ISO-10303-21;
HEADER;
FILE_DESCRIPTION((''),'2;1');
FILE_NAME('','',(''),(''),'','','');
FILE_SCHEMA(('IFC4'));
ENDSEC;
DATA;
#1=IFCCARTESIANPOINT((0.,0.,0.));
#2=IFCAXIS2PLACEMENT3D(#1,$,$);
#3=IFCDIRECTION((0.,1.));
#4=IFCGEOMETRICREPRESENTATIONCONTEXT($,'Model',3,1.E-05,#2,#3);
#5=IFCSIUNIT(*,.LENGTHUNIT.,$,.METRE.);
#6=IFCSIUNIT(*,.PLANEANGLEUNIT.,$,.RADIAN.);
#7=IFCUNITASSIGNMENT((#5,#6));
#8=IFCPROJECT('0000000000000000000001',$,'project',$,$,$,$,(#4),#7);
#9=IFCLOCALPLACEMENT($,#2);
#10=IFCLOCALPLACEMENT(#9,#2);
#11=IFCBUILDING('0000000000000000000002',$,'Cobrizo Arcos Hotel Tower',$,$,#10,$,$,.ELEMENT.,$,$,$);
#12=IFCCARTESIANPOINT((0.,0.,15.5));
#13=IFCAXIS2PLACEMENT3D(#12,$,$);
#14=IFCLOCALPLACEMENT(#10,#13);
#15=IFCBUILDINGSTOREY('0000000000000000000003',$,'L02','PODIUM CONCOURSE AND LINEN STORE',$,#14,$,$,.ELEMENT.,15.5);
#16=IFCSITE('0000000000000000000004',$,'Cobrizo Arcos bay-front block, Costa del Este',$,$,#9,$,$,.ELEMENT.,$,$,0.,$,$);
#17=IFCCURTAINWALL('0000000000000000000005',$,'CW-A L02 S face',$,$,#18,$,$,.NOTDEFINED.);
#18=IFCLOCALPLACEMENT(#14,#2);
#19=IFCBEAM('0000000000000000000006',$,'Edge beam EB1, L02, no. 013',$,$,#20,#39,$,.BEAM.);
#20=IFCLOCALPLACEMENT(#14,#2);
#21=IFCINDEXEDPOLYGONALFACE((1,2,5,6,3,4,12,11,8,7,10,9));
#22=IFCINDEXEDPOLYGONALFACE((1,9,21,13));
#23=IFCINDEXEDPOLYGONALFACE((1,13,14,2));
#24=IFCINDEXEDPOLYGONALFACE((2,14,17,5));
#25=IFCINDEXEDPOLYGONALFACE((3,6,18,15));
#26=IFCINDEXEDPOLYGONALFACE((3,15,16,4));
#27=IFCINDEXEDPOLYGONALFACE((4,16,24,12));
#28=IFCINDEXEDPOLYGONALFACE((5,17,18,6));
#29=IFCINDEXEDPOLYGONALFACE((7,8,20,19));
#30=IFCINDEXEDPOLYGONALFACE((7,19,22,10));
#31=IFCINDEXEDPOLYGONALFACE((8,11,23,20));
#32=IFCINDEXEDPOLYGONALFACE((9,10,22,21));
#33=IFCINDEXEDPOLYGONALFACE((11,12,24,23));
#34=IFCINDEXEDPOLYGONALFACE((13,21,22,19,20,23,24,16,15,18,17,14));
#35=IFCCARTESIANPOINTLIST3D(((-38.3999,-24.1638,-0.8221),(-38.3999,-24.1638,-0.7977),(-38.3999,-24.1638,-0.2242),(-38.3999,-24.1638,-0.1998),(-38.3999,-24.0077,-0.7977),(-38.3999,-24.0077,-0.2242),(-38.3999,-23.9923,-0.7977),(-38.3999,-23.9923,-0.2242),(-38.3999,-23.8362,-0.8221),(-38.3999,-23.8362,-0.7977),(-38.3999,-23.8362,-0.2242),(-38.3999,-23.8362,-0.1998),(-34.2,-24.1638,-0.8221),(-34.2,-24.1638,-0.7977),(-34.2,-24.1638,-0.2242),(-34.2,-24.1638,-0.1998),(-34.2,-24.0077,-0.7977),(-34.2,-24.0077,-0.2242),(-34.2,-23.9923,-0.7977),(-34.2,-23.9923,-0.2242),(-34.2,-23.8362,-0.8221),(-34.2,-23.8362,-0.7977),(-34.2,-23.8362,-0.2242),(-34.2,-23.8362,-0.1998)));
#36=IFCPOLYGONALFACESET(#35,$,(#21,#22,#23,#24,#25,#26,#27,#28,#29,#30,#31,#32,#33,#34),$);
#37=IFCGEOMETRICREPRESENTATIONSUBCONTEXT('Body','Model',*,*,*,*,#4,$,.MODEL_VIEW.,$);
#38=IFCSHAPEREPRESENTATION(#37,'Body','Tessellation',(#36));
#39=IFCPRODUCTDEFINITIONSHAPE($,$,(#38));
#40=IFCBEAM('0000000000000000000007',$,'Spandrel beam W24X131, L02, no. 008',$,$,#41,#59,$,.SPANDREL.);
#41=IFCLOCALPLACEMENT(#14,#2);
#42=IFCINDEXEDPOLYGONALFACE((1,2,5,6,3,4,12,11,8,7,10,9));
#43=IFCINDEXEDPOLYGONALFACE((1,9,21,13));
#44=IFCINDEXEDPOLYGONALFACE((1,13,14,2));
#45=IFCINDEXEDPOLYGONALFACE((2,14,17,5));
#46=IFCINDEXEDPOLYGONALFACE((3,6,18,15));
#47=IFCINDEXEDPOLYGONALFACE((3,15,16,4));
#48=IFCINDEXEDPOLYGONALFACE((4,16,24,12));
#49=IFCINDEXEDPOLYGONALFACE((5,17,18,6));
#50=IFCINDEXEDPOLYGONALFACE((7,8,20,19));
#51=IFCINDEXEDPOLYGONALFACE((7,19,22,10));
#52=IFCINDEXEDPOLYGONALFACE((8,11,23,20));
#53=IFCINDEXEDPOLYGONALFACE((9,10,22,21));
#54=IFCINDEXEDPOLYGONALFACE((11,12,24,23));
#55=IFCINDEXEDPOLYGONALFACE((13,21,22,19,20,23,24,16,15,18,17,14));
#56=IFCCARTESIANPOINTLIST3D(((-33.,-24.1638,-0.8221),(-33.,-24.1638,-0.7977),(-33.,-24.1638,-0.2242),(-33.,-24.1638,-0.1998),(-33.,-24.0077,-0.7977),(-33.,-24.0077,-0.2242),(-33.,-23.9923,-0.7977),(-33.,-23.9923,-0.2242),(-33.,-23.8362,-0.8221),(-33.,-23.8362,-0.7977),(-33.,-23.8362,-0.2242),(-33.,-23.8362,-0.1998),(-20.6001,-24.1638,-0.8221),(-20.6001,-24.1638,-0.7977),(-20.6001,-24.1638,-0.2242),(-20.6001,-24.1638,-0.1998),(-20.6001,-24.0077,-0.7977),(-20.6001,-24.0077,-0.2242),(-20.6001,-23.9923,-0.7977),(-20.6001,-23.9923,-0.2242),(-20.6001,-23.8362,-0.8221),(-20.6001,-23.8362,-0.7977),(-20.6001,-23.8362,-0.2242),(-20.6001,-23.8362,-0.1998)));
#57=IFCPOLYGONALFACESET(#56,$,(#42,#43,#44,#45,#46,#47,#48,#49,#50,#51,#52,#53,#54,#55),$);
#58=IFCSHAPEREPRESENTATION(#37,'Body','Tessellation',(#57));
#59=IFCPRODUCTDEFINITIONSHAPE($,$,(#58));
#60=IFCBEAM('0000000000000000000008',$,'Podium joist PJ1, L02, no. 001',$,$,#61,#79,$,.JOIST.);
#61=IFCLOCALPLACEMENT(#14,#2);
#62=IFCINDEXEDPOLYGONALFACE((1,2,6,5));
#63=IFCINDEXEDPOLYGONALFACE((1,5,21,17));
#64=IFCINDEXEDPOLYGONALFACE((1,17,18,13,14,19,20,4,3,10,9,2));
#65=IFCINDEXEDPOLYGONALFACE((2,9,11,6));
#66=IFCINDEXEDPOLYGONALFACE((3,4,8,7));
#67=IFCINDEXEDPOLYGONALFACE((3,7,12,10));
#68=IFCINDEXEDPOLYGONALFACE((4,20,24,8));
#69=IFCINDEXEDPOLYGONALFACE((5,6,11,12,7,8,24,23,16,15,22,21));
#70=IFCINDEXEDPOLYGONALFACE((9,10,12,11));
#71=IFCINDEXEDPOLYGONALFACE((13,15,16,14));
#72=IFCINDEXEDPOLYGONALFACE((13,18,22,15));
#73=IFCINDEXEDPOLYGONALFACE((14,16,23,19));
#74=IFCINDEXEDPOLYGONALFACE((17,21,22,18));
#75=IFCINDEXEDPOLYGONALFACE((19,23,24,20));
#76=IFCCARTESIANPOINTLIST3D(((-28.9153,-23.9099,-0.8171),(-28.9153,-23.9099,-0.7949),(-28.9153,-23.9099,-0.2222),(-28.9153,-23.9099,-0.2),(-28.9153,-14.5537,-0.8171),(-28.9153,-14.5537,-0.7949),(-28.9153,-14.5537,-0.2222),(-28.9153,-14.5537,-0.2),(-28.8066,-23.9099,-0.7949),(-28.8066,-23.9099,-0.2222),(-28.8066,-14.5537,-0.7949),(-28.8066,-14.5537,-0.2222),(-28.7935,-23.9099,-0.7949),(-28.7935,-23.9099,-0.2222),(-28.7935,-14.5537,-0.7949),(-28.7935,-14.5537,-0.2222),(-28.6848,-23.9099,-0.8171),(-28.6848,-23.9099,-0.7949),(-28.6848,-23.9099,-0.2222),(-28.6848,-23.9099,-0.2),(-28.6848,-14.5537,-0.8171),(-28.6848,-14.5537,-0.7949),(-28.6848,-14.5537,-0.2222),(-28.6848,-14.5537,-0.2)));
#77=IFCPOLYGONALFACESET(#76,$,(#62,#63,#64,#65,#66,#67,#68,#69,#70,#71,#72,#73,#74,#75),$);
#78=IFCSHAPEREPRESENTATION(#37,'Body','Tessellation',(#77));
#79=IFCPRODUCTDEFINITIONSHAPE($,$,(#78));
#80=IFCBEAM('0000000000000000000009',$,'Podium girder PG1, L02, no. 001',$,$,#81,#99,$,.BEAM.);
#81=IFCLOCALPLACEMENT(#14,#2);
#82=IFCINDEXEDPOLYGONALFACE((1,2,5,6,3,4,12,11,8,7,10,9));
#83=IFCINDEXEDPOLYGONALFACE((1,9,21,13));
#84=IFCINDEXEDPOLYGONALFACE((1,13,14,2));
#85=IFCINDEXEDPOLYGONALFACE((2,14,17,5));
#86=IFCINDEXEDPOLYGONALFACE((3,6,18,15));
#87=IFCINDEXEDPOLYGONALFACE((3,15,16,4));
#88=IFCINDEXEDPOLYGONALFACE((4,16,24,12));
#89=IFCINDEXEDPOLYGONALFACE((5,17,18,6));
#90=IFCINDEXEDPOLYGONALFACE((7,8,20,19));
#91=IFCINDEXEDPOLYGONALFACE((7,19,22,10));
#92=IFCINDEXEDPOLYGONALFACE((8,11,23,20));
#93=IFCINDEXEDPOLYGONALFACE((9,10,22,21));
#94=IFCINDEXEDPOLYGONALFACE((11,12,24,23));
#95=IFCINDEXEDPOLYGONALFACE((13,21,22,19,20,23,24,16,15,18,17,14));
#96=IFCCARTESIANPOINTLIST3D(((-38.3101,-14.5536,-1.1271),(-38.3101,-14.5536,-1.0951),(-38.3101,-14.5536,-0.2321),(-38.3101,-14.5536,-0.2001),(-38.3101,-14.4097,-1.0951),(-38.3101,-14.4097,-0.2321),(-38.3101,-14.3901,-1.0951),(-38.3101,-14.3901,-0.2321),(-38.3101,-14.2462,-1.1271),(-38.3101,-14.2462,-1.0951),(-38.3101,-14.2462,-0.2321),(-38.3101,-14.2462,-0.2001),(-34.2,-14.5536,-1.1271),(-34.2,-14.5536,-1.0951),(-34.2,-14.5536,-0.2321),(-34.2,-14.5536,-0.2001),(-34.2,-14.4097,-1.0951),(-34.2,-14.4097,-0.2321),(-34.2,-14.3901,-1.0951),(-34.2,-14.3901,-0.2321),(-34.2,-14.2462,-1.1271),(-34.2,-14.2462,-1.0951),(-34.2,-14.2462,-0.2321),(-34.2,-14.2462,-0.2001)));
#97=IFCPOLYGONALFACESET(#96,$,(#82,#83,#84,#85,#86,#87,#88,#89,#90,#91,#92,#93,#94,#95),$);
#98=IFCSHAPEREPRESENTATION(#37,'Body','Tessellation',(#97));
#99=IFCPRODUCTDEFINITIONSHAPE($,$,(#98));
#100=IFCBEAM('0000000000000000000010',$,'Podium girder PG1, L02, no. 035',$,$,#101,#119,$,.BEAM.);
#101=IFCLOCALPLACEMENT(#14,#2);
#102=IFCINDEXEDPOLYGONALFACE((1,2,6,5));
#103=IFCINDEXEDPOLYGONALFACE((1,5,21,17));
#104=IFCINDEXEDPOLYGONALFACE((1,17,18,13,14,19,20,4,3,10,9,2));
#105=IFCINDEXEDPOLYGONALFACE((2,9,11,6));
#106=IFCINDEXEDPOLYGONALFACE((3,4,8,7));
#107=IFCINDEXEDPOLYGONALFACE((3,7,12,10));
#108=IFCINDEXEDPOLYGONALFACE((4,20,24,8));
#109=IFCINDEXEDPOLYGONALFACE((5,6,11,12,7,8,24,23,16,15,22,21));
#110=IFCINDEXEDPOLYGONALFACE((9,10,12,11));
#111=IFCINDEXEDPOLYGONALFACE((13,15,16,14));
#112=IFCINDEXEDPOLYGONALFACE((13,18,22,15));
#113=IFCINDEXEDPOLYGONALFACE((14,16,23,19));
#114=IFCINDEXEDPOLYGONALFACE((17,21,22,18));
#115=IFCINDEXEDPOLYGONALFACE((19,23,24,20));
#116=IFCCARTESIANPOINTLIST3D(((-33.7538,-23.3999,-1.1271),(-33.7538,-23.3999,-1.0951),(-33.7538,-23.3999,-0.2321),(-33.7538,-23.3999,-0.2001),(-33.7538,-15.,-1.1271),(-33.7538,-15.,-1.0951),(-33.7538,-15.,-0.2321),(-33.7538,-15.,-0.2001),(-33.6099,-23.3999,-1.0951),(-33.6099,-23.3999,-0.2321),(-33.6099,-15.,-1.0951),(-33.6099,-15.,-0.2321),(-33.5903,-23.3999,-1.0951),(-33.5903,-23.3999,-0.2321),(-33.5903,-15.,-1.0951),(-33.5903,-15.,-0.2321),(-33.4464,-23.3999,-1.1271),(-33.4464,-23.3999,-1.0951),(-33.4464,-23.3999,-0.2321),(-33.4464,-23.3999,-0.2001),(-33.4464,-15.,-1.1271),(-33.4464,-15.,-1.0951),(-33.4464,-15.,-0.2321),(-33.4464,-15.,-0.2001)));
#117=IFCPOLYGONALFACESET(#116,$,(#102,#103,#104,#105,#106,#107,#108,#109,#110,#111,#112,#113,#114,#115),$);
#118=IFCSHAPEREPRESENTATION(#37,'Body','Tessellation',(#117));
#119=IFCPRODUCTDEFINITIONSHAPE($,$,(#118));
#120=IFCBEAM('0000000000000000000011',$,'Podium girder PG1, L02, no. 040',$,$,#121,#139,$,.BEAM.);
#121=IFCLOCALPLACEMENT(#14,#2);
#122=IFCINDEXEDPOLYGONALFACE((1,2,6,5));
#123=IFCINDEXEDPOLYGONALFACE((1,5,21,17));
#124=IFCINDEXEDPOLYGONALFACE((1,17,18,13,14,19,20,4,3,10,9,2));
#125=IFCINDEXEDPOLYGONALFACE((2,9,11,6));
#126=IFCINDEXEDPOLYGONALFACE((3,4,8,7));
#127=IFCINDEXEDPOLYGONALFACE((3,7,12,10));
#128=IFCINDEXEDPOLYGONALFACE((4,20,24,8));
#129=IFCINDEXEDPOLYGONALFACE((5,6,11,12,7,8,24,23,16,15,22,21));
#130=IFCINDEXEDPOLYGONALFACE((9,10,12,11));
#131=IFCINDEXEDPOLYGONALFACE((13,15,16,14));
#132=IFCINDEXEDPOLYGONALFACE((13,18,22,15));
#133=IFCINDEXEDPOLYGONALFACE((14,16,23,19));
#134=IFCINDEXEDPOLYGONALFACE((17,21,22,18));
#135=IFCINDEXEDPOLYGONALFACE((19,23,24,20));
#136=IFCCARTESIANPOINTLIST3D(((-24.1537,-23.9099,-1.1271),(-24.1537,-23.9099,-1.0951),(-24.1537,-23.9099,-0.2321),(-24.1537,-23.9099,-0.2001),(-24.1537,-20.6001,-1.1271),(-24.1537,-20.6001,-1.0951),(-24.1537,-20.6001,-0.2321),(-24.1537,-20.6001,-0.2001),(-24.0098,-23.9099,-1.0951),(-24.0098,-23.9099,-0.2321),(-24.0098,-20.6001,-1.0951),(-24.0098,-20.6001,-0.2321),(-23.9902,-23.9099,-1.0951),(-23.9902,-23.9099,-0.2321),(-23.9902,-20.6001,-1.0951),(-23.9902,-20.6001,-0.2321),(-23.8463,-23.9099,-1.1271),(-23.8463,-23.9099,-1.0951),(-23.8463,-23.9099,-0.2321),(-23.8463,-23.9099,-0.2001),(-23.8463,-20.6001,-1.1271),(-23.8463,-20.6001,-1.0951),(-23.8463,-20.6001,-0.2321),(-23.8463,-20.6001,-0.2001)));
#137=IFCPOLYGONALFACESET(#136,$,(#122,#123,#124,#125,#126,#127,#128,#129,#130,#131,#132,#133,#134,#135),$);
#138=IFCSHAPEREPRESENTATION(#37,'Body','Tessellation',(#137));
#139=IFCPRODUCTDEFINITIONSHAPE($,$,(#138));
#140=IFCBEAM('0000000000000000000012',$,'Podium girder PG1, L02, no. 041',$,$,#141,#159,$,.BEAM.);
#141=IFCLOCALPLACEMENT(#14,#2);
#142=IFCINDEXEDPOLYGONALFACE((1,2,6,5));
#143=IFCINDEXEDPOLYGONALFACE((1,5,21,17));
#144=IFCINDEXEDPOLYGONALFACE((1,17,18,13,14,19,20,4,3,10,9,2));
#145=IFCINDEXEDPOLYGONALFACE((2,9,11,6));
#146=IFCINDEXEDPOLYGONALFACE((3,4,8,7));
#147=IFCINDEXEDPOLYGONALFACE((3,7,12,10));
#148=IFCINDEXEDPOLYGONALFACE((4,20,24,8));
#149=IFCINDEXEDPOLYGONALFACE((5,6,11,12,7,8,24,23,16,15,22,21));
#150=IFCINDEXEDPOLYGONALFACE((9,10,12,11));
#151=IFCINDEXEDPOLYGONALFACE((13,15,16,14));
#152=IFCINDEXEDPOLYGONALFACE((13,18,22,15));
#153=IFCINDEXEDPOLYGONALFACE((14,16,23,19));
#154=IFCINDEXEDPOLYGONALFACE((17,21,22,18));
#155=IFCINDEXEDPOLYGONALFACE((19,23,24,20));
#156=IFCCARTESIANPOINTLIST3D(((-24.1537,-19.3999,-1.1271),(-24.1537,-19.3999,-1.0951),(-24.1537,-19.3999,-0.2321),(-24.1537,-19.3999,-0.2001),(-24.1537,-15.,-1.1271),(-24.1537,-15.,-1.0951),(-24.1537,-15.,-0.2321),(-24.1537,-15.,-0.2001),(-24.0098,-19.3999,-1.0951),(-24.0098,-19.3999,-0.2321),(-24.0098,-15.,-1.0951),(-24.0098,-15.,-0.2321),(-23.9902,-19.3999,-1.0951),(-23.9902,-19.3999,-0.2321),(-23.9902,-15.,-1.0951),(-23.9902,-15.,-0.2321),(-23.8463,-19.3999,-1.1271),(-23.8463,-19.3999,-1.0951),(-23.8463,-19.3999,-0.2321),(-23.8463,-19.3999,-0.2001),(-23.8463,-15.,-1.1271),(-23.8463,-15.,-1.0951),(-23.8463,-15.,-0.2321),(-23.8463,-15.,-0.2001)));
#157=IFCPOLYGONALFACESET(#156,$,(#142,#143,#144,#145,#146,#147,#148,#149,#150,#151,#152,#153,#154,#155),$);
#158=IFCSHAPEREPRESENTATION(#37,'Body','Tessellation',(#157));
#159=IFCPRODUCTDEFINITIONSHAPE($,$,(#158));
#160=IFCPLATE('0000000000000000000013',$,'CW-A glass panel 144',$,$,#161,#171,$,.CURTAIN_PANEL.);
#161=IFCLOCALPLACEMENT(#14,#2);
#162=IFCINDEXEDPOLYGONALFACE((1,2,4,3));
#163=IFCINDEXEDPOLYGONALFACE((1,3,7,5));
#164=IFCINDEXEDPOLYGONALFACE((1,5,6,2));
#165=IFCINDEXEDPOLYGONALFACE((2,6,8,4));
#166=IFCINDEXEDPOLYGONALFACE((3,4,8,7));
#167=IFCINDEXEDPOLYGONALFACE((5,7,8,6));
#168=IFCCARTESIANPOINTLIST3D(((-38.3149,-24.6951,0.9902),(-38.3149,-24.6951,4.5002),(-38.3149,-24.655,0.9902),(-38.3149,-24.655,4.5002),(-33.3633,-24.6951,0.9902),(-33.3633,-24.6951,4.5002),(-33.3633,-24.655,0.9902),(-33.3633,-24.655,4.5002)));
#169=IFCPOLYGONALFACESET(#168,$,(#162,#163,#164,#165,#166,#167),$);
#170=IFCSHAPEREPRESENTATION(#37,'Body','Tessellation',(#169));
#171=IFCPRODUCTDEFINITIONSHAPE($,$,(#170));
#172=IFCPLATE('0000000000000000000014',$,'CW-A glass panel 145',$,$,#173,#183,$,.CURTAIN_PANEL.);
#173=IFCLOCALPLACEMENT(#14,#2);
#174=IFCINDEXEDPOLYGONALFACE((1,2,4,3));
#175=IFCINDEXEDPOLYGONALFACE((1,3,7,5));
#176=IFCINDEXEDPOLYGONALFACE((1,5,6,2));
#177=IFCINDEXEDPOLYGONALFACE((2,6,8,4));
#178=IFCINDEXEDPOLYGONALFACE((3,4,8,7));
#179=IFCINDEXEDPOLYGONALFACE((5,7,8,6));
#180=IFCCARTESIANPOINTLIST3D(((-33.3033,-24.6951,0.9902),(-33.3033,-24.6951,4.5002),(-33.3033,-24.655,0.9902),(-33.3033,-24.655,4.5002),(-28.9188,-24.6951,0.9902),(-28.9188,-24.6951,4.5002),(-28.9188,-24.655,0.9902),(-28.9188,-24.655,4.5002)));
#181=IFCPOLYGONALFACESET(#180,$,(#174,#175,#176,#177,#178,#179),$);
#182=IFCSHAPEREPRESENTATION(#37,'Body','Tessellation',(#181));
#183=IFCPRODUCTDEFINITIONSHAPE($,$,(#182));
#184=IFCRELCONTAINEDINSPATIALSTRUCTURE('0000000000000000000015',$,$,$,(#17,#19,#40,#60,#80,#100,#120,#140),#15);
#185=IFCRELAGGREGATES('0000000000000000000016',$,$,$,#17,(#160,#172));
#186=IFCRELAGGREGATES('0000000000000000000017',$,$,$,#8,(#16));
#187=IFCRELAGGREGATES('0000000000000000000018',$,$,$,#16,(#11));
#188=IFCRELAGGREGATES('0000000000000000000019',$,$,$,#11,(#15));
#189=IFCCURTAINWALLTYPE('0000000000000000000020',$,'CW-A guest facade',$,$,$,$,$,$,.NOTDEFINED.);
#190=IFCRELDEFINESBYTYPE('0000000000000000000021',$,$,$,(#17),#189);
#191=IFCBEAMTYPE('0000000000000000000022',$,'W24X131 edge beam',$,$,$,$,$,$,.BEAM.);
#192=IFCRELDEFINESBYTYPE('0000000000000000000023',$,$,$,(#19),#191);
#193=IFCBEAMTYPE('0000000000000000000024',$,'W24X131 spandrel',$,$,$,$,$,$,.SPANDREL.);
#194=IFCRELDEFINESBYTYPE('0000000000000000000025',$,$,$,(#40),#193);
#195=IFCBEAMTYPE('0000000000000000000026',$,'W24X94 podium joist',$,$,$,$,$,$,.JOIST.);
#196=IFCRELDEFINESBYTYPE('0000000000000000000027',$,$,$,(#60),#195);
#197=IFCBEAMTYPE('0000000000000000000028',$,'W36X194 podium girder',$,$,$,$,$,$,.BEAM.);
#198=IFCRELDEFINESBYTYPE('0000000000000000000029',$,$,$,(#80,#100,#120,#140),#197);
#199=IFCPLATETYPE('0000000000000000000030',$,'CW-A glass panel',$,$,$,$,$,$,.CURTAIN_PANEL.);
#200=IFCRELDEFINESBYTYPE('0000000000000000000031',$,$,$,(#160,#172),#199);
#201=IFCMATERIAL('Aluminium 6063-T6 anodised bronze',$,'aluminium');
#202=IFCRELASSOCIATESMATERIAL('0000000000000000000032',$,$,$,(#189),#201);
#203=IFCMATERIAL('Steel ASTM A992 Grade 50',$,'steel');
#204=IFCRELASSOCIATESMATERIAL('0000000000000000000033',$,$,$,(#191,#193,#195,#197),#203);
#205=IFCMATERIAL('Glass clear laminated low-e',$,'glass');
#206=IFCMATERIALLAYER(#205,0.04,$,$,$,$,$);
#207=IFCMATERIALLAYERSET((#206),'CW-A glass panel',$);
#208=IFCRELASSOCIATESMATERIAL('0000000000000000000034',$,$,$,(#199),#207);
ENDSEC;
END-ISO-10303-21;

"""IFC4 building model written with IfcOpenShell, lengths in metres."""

from ifc_helpers import new_model, si_unit, direction, frame, origin, origin_2d, place, context, subcontext, project, spatial, rectangle, i_section, extrude, material, layer, layer_set, material_profile, profile_set, type_object, element, aggregate, save


model = new_model("IFC4")

# Units and contexts
model_context = context("Model", 3, precision=1e-05, world=origin(), true_north=direction((0.0, 1.0)))
body_context = subcontext(model_context, "Body", "Model", "MODEL_VIEW")
ifc_project = project(units=[si_unit("LENGTHUNIT", "METRE"), si_unit("PLANEANGLEUNIT", "RADIAN")], contexts=[model_context])

# Site, building, storey
site_placement = place(None, origin())
site = spatial("IfcSite", under=ifc_project, at=site_placement, Name="Cobrizo Arcos bay-front block, Costa del Este", CompositionType="ELEMENT", RefElevation=0.0)
building_placement = place(site_placement, origin())
building = spatial("IfcBuilding", under=site, at=building_placement, Name="Cobrizo Arcos Hotel Tower", CompositionType="ELEMENT")
storey_placement = place(building_placement, frame((0.0, 0.0, 15.5)))
storey = spatial("IfcBuildingStorey", under=building, at=storey_placement, Name="L02", Description="PODIUM CONCOURSE AND LINEN STORE", CompositionType="ELEMENT", Elevation=15.5)

# Curtain wall
ifc_material_1 = material(Name="Aluminium 6063-T6 anodised bronze", Category="aluminium")
curtain_wall_type_1 = type_object("IfcCurtainWallType", Name="CW-A guest facade", PredefinedType="NOTDEFINED", material=ifc_material_1)
curtain_wall_1_placement = place(storey_placement, origin())
curtain_wall_1 = element("IfcCurtainWall", 1, at=curtain_wall_1_placement, inside=storey, type_object=curtain_wall_type_1, Name="CW-A L02 S face", PredefinedType="NOTDEFINED")

# Beams
ifc_material_2 = material(Name="Steel ASTM A992 Grade 50", Category="steel")
ifc_material_profile_1 = material_profile(ifc_material_2, i_section(OverallWidth=0.3276, OverallDepth=0.6223, WebThickness=0.0154, FlangeThickness=0.0244, at=origin_2d()), Name="W24X131")
ifc_profile_set_1 = profile_set([ifc_material_profile_1], Name="Steel ASTM A992 Grade 50")
beam_type_1 = type_object("IfcBeamType", Name="W24X131 edge beam", PredefinedType="BEAM", material=ifc_profile_set_1)
beam_1_placement = place(storey_placement, frame((-38.3999, -24.0, -0.511), z_axis=(1.0, 0.0, 0.0), x_axis=(0.0, 1.0, 0.0)))
element("IfcBeam", 2, at=beam_1_placement, inside=storey, type_object=beam_type_1, Name="Edge beam EB1, L02, no. 013", PredefinedType="BEAM", context=body_context, shape_type="SweptSolid", body=[
    extrude(i_section(OverallWidth=0.3276, OverallDepth=0.6223, WebThickness=0.0154, FlangeThickness=0.0244, at=origin_2d()), origin(), (0.0, 0.0, 1.0), 4.2),
])
ifc_material_profile_2 = material_profile(ifc_material_2, i_section(OverallWidth=0.3276, OverallDepth=0.6223, WebThickness=0.0154, FlangeThickness=0.0244, at=origin_2d()), Name="W24X131")
ifc_profile_set_2 = profile_set([ifc_material_profile_2], Name="Steel ASTM A992 Grade 50")
beam_type_2 = type_object("IfcBeamType", Name="W24X131 spandrel", PredefinedType="SPANDREL", material=ifc_profile_set_2)
beam_2_placement = place(storey_placement, frame((-33.0, -24.0, -0.511), z_axis=(1.0, 0.0, 0.0), x_axis=(0.0, 1.0, 0.0)))
element("IfcBeam", 3, at=beam_2_placement, inside=storey, type_object=beam_type_2, Name="Spandrel beam W24X131, L02, no. 008", PredefinedType="SPANDREL", context=body_context, shape_type="SweptSolid", body=[
    extrude(i_section(OverallWidth=0.3276, OverallDepth=0.6223, WebThickness=0.0154, FlangeThickness=0.0244, at=origin_2d()), origin(), (0.0, 0.0, 1.0), 12.3999),
])
ifc_material_profile_3 = material_profile(ifc_material_2, i_section(OverallWidth=0.2305, OverallDepth=0.6172, WebThickness=0.0132, FlangeThickness=0.0222, at=origin_2d()), Name="W24X94")
ifc_profile_set_3 = profile_set([ifc_material_profile_3], Name="Steel ASTM A992 Grade 50")
beam_type_3 = type_object("IfcBeamType", Name="W24X94 podium joist", PredefinedType="JOIST", material=ifc_profile_set_3)
beam_3_placement = place(storey_placement, frame((-28.8, -23.9099, -0.5085), z_axis=(0.0, 1.0, 0.0), x_axis=(-1.0, 0.0, 0.0)))
element("IfcBeam", 4, at=beam_3_placement, inside=storey, type_object=beam_type_3, Name="Podium joist PJ1, L02, no. 001", PredefinedType="JOIST", context=body_context, shape_type="SweptSolid", body=[
    extrude(i_section(OverallWidth=0.2305, OverallDepth=0.6172, WebThickness=0.0132, FlangeThickness=0.0222, at=origin_2d()), origin(), (0.0, 0.0, 1.0), 9.3562),
])
ifc_material_profile_4 = material_profile(ifc_material_2, i_section(OverallWidth=0.3074, OverallDepth=0.927, WebThickness=0.0195, FlangeThickness=0.032, at=origin_2d()), Name="W36X194")
ifc_profile_set_4 = profile_set([ifc_material_profile_4], Name="Steel ASTM A992 Grade 50")
beam_type_4 = type_object("IfcBeamType", Name="W36X194 podium girder", PredefinedType="BEAM", material=ifc_profile_set_4)
beam_4_placement = place(storey_placement, frame((-38.3101, -14.3999, -0.6636), z_axis=(1.0, 0.0, 0.0), x_axis=(0.0, 1.0, 0.0)))
element("IfcBeam", 5, at=beam_4_placement, inside=storey, type_object=beam_type_4, Name="Podium girder PG1, L02, no. 001", PredefinedType="BEAM", context=body_context, shape_type="SweptSolid", body=[
    extrude(i_section(OverallWidth=0.3074, OverallDepth=0.927, WebThickness=0.0195, FlangeThickness=0.032, at=origin_2d()), origin(), (0.0, 0.0, 1.0), 4.1101),
])
beam_5_placement = place(storey_placement, frame((-33.6001, -23.3999, -0.6636), z_axis=(0.0, 1.0, 0.0), x_axis=(-1.0, 0.0, 0.0)))
element("IfcBeam", 6, at=beam_5_placement, inside=storey, type_object=beam_type_4, Name="Podium girder PG1, L02, no. 035", PredefinedType="BEAM", context=body_context, shape_type="SweptSolid", body=[
    extrude(i_section(OverallWidth=0.3074, OverallDepth=0.927, WebThickness=0.0195, FlangeThickness=0.032, at=origin_2d()), origin(), (0.0, 0.0, 1.0), 8.3999),
])
beam_6_placement = place(storey_placement, frame((-24.0, -23.9099, -0.6636), z_axis=(0.0, 1.0, 0.0), x_axis=(-1.0, 0.0, 0.0)))
element("IfcBeam", 7, at=beam_6_placement, inside=storey, type_object=beam_type_4, Name="Podium girder PG1, L02, no. 040", PredefinedType="BEAM", context=body_context, shape_type="SweptSolid", body=[
    extrude(i_section(OverallWidth=0.3074, OverallDepth=0.927, WebThickness=0.0195, FlangeThickness=0.032, at=origin_2d()), origin(), (0.0, 0.0, 1.0), 3.3098),
])
beam_7_placement = place(storey_placement, frame((-24.0, -19.3999, -0.6636), z_axis=(0.0, 1.0, 0.0), x_axis=(-1.0, 0.0, 0.0)))
element("IfcBeam", 8, at=beam_7_placement, inside=storey, type_object=beam_type_4, Name="Podium girder PG1, L02, no. 041", PredefinedType="BEAM", context=body_context, shape_type="SweptSolid", body=[
    extrude(i_section(OverallWidth=0.3074, OverallDepth=0.927, WebThickness=0.0195, FlangeThickness=0.032, at=origin_2d()), origin(), (0.0, 0.0, 1.0), 4.3999),
])

# Plates
ifc_material_3 = material(Name="Glass clear laminated low-e", Category="glass")
ifc_layer_1 = layer(ifc_material_3, 0.04)
ifc_layer_set_1 = layer_set([ifc_layer_1], Name="CW-A glass panel")
plate_type_1 = type_object("IfcPlateType", Name="CW-A glass panel", PredefinedType="CURTAIN_PANEL", material=ifc_layer_set_1)
plate_1_placement = place(storey_placement, frame((-35.8391, -24.675, 0.9902), z_axis=(0.0, 0.0, 1.0), x_axis=(1.0, 0.0, 0.0)))
plate_1 = element("IfcPlate", 9, at=plate_1_placement, type_object=plate_type_1, Name="CW-A glass panel 144", PredefinedType="CURTAIN_PANEL", context=body_context, shape_type="SweptSolid", body=[
    extrude(rectangle(XDim=4.9517, YDim=0.04, at=origin_2d()), origin(), (0.0, 0.0, 1.0), 3.51),
])
plate_2_placement = place(storey_placement, frame((-31.1111, -24.675, 0.9902), z_axis=(0.0, 0.0, 1.0), x_axis=(1.0, 0.0, 0.0)))
plate_2 = element("IfcPlate", 10, at=plate_2_placement, type_object=plate_type_1, Name="CW-A glass panel 145", PredefinedType="CURTAIN_PANEL", context=body_context, shape_type="SweptSolid", body=[
    extrude(rectangle(XDim=4.3845, YDim=0.04, at=origin_2d()), origin(), (0.0, 0.0, 1.0), 3.51),
])
aggregate(curtain_wall_1, [plate_1, plate_2])

save(model, "model.ifc")
